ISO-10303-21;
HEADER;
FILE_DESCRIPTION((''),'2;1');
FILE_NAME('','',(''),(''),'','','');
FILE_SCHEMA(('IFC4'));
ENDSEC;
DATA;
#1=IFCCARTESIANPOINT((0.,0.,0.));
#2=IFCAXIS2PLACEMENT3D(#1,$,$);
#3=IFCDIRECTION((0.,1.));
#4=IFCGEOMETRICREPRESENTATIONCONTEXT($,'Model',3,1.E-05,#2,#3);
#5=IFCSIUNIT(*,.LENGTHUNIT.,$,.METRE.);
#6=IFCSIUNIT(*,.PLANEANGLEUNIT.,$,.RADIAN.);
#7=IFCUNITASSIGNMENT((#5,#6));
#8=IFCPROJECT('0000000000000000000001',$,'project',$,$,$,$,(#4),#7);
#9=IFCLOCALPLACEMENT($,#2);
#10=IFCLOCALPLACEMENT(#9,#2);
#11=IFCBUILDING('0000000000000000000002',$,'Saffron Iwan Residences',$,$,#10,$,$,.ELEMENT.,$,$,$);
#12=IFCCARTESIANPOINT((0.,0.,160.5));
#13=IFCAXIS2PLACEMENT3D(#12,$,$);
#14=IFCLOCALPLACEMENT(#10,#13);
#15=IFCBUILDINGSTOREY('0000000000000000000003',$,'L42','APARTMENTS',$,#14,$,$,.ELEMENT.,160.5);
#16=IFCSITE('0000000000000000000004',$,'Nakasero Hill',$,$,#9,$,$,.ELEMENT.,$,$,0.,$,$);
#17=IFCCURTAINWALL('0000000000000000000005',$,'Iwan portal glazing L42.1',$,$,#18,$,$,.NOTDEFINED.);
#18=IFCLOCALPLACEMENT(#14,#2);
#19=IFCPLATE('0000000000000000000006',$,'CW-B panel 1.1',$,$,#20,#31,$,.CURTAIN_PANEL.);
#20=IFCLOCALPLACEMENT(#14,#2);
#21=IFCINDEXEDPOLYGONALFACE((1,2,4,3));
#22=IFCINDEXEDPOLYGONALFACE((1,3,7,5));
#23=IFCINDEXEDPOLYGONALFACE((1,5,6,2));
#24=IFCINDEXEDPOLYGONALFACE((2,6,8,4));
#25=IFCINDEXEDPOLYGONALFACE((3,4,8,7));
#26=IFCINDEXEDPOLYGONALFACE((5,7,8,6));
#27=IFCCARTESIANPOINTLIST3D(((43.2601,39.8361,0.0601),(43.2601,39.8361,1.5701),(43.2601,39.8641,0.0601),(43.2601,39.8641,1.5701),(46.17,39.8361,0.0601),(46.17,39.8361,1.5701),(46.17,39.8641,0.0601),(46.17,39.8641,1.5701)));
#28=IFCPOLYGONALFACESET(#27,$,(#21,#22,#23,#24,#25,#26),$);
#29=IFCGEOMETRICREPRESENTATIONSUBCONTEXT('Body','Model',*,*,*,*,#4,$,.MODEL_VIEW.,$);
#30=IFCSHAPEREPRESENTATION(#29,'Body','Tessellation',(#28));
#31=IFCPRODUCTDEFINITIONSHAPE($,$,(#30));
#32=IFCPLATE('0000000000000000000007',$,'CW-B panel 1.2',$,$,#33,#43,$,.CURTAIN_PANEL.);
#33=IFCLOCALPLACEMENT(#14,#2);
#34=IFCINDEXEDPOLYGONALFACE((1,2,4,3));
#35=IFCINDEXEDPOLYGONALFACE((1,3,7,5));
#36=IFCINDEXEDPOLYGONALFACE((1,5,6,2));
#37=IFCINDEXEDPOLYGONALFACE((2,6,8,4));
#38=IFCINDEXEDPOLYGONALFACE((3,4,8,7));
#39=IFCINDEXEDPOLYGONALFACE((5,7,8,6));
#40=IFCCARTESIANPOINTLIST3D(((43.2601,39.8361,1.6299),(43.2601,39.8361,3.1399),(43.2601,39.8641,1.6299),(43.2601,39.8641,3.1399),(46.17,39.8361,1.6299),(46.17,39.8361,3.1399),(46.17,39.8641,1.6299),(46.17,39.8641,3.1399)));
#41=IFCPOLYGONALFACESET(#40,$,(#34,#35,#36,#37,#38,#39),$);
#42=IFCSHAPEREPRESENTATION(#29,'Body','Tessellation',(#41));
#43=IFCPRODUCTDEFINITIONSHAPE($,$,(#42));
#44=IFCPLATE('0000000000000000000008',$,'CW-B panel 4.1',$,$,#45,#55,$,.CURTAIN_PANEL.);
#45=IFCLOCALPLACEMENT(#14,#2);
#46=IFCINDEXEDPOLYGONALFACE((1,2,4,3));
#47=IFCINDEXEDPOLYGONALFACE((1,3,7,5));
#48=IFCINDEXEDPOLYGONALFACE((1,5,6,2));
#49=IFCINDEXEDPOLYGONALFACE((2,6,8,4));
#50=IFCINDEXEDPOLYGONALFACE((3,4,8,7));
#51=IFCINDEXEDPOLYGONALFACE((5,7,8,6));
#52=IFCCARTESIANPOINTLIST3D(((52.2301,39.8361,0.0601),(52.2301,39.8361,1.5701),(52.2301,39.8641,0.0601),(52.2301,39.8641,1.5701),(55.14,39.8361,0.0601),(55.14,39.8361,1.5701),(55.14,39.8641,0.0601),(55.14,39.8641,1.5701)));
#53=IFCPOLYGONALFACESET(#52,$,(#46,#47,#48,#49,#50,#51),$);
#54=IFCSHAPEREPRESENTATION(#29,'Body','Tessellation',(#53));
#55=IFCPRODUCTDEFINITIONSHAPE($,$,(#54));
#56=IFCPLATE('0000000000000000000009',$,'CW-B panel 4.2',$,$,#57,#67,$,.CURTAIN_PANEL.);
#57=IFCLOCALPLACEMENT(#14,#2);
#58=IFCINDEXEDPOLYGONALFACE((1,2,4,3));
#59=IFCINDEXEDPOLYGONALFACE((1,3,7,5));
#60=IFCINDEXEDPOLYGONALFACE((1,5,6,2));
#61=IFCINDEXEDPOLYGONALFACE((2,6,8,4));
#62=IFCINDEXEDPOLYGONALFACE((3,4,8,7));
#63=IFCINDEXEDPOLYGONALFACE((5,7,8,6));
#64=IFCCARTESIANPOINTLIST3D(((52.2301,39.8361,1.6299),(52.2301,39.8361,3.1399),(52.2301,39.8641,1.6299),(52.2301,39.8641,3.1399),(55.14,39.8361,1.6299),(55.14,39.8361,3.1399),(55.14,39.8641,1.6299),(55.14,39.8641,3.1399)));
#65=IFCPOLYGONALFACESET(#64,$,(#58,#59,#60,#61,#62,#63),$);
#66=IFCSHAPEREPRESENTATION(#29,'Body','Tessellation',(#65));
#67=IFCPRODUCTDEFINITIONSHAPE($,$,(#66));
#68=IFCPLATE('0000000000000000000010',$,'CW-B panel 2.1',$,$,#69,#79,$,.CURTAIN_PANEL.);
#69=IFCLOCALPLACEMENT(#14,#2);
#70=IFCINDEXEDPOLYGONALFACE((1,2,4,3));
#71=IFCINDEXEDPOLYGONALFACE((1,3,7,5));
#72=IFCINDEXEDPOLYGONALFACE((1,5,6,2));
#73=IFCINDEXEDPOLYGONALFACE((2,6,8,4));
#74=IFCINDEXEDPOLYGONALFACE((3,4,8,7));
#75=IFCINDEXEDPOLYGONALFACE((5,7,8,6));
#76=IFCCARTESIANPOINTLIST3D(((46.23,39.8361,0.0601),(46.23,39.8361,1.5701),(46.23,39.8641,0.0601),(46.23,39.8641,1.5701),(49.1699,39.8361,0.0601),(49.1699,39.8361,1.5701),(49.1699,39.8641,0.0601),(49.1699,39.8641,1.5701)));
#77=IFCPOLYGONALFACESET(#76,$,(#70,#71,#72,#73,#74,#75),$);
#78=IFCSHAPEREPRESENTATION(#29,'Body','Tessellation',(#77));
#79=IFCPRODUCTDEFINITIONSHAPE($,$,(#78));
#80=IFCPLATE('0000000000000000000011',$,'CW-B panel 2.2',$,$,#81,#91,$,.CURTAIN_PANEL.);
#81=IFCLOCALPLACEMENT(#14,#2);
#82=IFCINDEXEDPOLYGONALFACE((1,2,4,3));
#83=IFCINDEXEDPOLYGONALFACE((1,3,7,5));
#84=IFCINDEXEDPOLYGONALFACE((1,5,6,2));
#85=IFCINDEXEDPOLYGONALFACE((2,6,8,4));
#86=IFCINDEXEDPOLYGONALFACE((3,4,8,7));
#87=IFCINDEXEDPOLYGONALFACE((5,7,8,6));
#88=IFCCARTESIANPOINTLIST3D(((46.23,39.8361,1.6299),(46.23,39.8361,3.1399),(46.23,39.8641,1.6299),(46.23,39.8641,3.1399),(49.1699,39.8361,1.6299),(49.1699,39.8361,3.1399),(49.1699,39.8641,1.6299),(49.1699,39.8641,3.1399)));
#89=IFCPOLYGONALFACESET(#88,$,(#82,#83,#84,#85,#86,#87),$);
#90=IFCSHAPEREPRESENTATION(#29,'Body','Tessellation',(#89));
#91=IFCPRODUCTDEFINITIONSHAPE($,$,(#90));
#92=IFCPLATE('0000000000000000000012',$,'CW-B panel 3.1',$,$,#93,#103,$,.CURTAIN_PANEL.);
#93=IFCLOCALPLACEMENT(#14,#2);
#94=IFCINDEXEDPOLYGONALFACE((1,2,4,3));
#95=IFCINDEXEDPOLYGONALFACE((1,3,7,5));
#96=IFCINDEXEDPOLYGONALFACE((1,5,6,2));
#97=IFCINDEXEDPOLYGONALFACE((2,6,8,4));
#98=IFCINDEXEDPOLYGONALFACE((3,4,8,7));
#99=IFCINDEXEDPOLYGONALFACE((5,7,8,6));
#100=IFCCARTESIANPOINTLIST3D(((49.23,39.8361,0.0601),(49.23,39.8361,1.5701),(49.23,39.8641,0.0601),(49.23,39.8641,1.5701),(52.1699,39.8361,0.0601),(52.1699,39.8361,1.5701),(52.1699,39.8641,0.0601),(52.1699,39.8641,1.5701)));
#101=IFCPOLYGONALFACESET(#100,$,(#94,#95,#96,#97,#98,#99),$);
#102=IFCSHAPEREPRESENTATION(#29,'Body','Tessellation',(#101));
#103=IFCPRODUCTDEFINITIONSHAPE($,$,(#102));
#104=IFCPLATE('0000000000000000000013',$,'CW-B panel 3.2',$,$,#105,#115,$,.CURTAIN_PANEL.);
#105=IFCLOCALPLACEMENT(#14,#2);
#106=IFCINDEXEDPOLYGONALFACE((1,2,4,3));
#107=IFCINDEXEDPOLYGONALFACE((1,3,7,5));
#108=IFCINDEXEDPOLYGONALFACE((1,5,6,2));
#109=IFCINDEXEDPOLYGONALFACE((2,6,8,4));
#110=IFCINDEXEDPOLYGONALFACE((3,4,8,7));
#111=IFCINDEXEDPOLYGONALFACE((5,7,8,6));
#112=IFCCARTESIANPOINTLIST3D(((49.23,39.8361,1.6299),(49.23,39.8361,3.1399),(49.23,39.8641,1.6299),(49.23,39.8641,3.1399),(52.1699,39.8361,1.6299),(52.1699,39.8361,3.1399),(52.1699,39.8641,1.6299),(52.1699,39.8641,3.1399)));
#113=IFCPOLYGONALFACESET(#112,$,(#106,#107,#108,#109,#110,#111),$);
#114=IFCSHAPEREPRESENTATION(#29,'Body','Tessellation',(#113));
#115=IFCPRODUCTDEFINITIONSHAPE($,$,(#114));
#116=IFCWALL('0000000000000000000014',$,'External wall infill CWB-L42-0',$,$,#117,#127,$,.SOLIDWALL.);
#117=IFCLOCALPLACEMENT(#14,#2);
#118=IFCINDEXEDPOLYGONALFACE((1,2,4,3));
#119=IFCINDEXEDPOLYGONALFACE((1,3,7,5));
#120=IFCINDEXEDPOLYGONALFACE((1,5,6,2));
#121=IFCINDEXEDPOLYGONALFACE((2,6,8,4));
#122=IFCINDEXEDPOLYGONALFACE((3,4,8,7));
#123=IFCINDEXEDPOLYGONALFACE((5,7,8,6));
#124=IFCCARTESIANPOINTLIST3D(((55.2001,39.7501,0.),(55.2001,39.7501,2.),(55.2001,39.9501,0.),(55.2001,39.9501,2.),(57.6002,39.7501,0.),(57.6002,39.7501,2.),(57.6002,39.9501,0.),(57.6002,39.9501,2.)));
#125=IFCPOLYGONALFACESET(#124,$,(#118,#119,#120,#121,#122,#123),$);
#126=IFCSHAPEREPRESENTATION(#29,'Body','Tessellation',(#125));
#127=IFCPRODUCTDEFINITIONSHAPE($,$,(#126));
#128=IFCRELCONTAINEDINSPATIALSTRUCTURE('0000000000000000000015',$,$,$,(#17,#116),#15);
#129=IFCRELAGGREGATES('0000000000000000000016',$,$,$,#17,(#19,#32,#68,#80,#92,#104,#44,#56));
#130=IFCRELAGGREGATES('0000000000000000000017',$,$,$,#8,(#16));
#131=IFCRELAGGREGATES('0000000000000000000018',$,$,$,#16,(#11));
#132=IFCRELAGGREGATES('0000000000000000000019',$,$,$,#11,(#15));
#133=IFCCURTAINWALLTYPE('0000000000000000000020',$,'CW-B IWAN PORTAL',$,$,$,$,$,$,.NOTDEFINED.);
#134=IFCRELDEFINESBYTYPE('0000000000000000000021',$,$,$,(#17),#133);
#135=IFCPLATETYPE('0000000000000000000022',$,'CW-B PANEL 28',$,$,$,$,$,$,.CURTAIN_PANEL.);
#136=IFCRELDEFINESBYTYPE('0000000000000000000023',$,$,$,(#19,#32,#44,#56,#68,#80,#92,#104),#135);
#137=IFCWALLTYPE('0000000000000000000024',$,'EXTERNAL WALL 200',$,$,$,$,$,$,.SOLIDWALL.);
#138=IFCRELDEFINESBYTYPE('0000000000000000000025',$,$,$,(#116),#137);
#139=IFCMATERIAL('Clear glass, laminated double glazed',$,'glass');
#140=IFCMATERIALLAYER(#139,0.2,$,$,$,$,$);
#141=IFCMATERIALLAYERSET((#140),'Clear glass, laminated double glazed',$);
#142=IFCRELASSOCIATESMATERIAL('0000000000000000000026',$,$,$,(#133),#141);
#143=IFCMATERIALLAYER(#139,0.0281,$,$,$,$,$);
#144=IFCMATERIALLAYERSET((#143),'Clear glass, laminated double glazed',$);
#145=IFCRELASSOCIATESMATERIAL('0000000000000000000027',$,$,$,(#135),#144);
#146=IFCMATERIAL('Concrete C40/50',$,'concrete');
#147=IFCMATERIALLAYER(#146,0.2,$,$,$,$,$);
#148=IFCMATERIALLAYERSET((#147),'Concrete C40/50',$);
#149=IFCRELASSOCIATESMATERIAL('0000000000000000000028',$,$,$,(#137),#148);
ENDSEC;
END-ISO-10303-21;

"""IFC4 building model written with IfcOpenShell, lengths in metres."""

from ifc_helpers import new_model, si_unit, direction, frame, frame_2d, origin, origin_2d, place, context, subcontext, project, spatial, rectangle, extrude, source, transform, mapped, material, layer, layer_set, type_object, element, aggregate, save


model = new_model("IFC4")

# Units and contexts
model_context = context("Model", 3, precision=1e-05, world=origin(), true_north=direction((0.0, 1.0)))
body_context = subcontext(model_context, "Body", "Model", "MODEL_VIEW")
ifc_project = project(units=[si_unit("LENGTHUNIT", "METRE"), si_unit("PLANEANGLEUNIT", "RADIAN")], contexts=[model_context])

# Site, building, storey
site_placement = place(None, origin())
site = spatial("IfcSite", under=ifc_project, at=site_placement, Name="Nakasero Hill", CompositionType="ELEMENT", RefElevation=0.0)
building_placement = place(site_placement, origin())
building = spatial("IfcBuilding", under=site, at=building_placement, Name="Saffron Iwan Residences", CompositionType="ELEMENT")
storey_placement = place(building_placement, frame((0.0, 0.0, 160.5)))
storey = spatial("IfcBuildingStorey", under=building, at=storey_placement, Name="L42", Description="APARTMENTS", CompositionType="ELEMENT", Elevation=160.5)

# Curtain wall, plates
ifc_material_1 = material(Name="Clear glass, laminated double glazed", Category="glass")
ifc_layer_1 = layer(ifc_material_1, 0.2)
ifc_layer_set_1 = layer_set([ifc_layer_1], Name="Clear glass, laminated double glazed")
curtain_wall_type = type_object("IfcCurtainWallType", Name="CW-B IWAN PORTAL", PredefinedType="NOTDEFINED", material=ifc_layer_set_1)
curtain_wall_placement = place(storey_placement, origin())
curtain_wall = element("IfcCurtainWall", 1, at=curtain_wall_placement, inside=storey, type_object=curtain_wall_type, Name="Iwan portal glazing L42.1", PredefinedType="NOTDEFINED")
ifc_layer_2 = layer(ifc_material_1, 0.0281)
ifc_layer_set_2 = layer_set([ifc_layer_2], Name="Clear glass, laminated double glazed")
plate_type = type_object("IfcPlateType", Name="CW-B PANEL 28", PredefinedType="CURTAIN_PANEL", material=ifc_layer_set_2)
shared_shape_1 = source(origin(), body_context, "Body", "SweptSolid", [
    extrude(rectangle(XDim=2.9099, YDim=0.0281, at=origin_2d()), origin(), (0.0, 0.0, 1.0), 1.51),
])
plate_1_placement = place(storey_placement, frame((44.7151, 39.8501, 0.0601), z_axis=(0.0, 0.0, 1.0), x_axis=(1.0, 0.0, 0.0)))
plate_1 = element("IfcPlate", 2, at=plate_1_placement, type_object=plate_type, Name="CW-B panel 1.1", PredefinedType="CURTAIN_PANEL", context=body_context, shape_type="MappedRepresentation", body=[
    mapped(shared_shape_1, transform((0.0, 0.0, 0.0))),
])
plate_2_placement = place(storey_placement, frame((44.7151, 39.8501, 1.6299), z_axis=(0.0, 0.0, 1.0), x_axis=(1.0, 0.0, 0.0)))
plate_2 = element("IfcPlate", 3, at=plate_2_placement, type_object=plate_type, Name="CW-B panel 1.2", PredefinedType="CURTAIN_PANEL", context=body_context, shape_type="MappedRepresentation", body=[
    mapped(shared_shape_1, transform((0.0, 0.0, 0.0))),
])
plate_3_placement = place(storey_placement, frame((53.6851, 39.8501, 0.0601), z_axis=(0.0, 0.0, 1.0), x_axis=(1.0, 0.0, 0.0)))
plate_3 = element("IfcPlate", 4, at=plate_3_placement, type_object=plate_type, Name="CW-B panel 4.1", PredefinedType="CURTAIN_PANEL", context=body_context, shape_type="MappedRepresentation", body=[
    mapped(shared_shape_1, transform((0.0, 0.0, 0.0))),
])
plate_4_placement = place(storey_placement, frame((53.6851, 39.8501, 1.6299), z_axis=(0.0, 0.0, 1.0), x_axis=(1.0, 0.0, 0.0)))
plate_4 = element("IfcPlate", 5, at=plate_4_placement, type_object=plate_type, Name="CW-B panel 4.2", PredefinedType="CURTAIN_PANEL", context=body_context, shape_type="MappedRepresentation", body=[
    mapped(shared_shape_1, transform((0.0, 0.0, 0.0))),
])
shared_shape_2 = source(origin(), body_context, "Body", "SweptSolid", [
    extrude(rectangle(XDim=2.9399, YDim=0.0281, at=origin_2d()), origin(), (0.0, 0.0, 1.0), 1.51),
])
plate_5_placement = place(storey_placement, frame((47.7, 39.8501, 0.0601), z_axis=(0.0, 0.0, 1.0), x_axis=(1.0, 0.0, 0.0)))
plate_5 = element("IfcPlate", 6, at=plate_5_placement, type_object=plate_type, Name="CW-B panel 2.1", PredefinedType="CURTAIN_PANEL", context=body_context, shape_type="MappedRepresentation", body=[
    mapped(shared_shape_2, transform((0.0, 0.0, 0.0))),
])
plate_6_placement = place(storey_placement, frame((47.7, 39.8501, 1.6299), z_axis=(0.0, 0.0, 1.0), x_axis=(1.0, 0.0, 0.0)))
plate_6 = element("IfcPlate", 7, at=plate_6_placement, type_object=plate_type, Name="CW-B panel 2.2", PredefinedType="CURTAIN_PANEL", context=body_context, shape_type="MappedRepresentation", body=[
    mapped(shared_shape_2, transform((0.0, 0.0, 0.0))),
])
plate_7_placement = place(storey_placement, frame((50.7, 39.8501, 0.0601), z_axis=(0.0, 0.0, 1.0), x_axis=(1.0, 0.0, 0.0)))
plate_7 = element("IfcPlate", 8, at=plate_7_placement, type_object=plate_type, Name="CW-B panel 3.1", PredefinedType="CURTAIN_PANEL", context=body_context, shape_type="MappedRepresentation", body=[
    mapped(shared_shape_2, transform((0.0, 0.0, 0.0))),
])
plate_8_placement = place(storey_placement, frame((50.7, 39.8501, 1.6299), z_axis=(0.0, 0.0, 1.0), x_axis=(1.0, 0.0, 0.0)))
plate_8 = element("IfcPlate", 9, at=plate_8_placement, type_object=plate_type, Name="CW-B panel 3.2", PredefinedType="CURTAIN_PANEL", context=body_context, shape_type="MappedRepresentation", body=[
    mapped(shared_shape_2, transform((0.0, 0.0, 0.0))),
])
aggregate(curtain_wall, [plate_1, plate_2, plate_5, plate_6, plate_7, plate_8, plate_3, plate_4])

# Wall
ifc_material_2 = material(Name="Concrete C40/50", Category="concrete")
ifc_layer_3 = layer(ifc_material_2, 0.2)
ifc_layer_set_3 = layer_set([ifc_layer_3], Name="Concrete C40/50")
wall_type = type_object("IfcWallType", Name="EXTERNAL WALL 200", PredefinedType="SOLIDWALL", material=ifc_layer_set_3)
wall_placement = place(storey_placement, frame((55.2, 39.8501, 0.0), z_axis=(0.0, 0.0, 1.0), x_axis=(1.0, 0.0, 0.0)))
element("IfcWall", 10, at=wall_placement, inside=storey, type_object=wall_type, Name="External wall infill CWB-L42-0", PredefinedType="SOLIDWALL", context=body_context, shape_type="SweptSolid", body=[
    extrude(rectangle(XDim=2.4001, YDim=0.2, at=frame_2d((1.2002, 0.0))), origin(), (0.0, 0.0, 1.0), 2.0),
])

save(model, "model.ifc")
